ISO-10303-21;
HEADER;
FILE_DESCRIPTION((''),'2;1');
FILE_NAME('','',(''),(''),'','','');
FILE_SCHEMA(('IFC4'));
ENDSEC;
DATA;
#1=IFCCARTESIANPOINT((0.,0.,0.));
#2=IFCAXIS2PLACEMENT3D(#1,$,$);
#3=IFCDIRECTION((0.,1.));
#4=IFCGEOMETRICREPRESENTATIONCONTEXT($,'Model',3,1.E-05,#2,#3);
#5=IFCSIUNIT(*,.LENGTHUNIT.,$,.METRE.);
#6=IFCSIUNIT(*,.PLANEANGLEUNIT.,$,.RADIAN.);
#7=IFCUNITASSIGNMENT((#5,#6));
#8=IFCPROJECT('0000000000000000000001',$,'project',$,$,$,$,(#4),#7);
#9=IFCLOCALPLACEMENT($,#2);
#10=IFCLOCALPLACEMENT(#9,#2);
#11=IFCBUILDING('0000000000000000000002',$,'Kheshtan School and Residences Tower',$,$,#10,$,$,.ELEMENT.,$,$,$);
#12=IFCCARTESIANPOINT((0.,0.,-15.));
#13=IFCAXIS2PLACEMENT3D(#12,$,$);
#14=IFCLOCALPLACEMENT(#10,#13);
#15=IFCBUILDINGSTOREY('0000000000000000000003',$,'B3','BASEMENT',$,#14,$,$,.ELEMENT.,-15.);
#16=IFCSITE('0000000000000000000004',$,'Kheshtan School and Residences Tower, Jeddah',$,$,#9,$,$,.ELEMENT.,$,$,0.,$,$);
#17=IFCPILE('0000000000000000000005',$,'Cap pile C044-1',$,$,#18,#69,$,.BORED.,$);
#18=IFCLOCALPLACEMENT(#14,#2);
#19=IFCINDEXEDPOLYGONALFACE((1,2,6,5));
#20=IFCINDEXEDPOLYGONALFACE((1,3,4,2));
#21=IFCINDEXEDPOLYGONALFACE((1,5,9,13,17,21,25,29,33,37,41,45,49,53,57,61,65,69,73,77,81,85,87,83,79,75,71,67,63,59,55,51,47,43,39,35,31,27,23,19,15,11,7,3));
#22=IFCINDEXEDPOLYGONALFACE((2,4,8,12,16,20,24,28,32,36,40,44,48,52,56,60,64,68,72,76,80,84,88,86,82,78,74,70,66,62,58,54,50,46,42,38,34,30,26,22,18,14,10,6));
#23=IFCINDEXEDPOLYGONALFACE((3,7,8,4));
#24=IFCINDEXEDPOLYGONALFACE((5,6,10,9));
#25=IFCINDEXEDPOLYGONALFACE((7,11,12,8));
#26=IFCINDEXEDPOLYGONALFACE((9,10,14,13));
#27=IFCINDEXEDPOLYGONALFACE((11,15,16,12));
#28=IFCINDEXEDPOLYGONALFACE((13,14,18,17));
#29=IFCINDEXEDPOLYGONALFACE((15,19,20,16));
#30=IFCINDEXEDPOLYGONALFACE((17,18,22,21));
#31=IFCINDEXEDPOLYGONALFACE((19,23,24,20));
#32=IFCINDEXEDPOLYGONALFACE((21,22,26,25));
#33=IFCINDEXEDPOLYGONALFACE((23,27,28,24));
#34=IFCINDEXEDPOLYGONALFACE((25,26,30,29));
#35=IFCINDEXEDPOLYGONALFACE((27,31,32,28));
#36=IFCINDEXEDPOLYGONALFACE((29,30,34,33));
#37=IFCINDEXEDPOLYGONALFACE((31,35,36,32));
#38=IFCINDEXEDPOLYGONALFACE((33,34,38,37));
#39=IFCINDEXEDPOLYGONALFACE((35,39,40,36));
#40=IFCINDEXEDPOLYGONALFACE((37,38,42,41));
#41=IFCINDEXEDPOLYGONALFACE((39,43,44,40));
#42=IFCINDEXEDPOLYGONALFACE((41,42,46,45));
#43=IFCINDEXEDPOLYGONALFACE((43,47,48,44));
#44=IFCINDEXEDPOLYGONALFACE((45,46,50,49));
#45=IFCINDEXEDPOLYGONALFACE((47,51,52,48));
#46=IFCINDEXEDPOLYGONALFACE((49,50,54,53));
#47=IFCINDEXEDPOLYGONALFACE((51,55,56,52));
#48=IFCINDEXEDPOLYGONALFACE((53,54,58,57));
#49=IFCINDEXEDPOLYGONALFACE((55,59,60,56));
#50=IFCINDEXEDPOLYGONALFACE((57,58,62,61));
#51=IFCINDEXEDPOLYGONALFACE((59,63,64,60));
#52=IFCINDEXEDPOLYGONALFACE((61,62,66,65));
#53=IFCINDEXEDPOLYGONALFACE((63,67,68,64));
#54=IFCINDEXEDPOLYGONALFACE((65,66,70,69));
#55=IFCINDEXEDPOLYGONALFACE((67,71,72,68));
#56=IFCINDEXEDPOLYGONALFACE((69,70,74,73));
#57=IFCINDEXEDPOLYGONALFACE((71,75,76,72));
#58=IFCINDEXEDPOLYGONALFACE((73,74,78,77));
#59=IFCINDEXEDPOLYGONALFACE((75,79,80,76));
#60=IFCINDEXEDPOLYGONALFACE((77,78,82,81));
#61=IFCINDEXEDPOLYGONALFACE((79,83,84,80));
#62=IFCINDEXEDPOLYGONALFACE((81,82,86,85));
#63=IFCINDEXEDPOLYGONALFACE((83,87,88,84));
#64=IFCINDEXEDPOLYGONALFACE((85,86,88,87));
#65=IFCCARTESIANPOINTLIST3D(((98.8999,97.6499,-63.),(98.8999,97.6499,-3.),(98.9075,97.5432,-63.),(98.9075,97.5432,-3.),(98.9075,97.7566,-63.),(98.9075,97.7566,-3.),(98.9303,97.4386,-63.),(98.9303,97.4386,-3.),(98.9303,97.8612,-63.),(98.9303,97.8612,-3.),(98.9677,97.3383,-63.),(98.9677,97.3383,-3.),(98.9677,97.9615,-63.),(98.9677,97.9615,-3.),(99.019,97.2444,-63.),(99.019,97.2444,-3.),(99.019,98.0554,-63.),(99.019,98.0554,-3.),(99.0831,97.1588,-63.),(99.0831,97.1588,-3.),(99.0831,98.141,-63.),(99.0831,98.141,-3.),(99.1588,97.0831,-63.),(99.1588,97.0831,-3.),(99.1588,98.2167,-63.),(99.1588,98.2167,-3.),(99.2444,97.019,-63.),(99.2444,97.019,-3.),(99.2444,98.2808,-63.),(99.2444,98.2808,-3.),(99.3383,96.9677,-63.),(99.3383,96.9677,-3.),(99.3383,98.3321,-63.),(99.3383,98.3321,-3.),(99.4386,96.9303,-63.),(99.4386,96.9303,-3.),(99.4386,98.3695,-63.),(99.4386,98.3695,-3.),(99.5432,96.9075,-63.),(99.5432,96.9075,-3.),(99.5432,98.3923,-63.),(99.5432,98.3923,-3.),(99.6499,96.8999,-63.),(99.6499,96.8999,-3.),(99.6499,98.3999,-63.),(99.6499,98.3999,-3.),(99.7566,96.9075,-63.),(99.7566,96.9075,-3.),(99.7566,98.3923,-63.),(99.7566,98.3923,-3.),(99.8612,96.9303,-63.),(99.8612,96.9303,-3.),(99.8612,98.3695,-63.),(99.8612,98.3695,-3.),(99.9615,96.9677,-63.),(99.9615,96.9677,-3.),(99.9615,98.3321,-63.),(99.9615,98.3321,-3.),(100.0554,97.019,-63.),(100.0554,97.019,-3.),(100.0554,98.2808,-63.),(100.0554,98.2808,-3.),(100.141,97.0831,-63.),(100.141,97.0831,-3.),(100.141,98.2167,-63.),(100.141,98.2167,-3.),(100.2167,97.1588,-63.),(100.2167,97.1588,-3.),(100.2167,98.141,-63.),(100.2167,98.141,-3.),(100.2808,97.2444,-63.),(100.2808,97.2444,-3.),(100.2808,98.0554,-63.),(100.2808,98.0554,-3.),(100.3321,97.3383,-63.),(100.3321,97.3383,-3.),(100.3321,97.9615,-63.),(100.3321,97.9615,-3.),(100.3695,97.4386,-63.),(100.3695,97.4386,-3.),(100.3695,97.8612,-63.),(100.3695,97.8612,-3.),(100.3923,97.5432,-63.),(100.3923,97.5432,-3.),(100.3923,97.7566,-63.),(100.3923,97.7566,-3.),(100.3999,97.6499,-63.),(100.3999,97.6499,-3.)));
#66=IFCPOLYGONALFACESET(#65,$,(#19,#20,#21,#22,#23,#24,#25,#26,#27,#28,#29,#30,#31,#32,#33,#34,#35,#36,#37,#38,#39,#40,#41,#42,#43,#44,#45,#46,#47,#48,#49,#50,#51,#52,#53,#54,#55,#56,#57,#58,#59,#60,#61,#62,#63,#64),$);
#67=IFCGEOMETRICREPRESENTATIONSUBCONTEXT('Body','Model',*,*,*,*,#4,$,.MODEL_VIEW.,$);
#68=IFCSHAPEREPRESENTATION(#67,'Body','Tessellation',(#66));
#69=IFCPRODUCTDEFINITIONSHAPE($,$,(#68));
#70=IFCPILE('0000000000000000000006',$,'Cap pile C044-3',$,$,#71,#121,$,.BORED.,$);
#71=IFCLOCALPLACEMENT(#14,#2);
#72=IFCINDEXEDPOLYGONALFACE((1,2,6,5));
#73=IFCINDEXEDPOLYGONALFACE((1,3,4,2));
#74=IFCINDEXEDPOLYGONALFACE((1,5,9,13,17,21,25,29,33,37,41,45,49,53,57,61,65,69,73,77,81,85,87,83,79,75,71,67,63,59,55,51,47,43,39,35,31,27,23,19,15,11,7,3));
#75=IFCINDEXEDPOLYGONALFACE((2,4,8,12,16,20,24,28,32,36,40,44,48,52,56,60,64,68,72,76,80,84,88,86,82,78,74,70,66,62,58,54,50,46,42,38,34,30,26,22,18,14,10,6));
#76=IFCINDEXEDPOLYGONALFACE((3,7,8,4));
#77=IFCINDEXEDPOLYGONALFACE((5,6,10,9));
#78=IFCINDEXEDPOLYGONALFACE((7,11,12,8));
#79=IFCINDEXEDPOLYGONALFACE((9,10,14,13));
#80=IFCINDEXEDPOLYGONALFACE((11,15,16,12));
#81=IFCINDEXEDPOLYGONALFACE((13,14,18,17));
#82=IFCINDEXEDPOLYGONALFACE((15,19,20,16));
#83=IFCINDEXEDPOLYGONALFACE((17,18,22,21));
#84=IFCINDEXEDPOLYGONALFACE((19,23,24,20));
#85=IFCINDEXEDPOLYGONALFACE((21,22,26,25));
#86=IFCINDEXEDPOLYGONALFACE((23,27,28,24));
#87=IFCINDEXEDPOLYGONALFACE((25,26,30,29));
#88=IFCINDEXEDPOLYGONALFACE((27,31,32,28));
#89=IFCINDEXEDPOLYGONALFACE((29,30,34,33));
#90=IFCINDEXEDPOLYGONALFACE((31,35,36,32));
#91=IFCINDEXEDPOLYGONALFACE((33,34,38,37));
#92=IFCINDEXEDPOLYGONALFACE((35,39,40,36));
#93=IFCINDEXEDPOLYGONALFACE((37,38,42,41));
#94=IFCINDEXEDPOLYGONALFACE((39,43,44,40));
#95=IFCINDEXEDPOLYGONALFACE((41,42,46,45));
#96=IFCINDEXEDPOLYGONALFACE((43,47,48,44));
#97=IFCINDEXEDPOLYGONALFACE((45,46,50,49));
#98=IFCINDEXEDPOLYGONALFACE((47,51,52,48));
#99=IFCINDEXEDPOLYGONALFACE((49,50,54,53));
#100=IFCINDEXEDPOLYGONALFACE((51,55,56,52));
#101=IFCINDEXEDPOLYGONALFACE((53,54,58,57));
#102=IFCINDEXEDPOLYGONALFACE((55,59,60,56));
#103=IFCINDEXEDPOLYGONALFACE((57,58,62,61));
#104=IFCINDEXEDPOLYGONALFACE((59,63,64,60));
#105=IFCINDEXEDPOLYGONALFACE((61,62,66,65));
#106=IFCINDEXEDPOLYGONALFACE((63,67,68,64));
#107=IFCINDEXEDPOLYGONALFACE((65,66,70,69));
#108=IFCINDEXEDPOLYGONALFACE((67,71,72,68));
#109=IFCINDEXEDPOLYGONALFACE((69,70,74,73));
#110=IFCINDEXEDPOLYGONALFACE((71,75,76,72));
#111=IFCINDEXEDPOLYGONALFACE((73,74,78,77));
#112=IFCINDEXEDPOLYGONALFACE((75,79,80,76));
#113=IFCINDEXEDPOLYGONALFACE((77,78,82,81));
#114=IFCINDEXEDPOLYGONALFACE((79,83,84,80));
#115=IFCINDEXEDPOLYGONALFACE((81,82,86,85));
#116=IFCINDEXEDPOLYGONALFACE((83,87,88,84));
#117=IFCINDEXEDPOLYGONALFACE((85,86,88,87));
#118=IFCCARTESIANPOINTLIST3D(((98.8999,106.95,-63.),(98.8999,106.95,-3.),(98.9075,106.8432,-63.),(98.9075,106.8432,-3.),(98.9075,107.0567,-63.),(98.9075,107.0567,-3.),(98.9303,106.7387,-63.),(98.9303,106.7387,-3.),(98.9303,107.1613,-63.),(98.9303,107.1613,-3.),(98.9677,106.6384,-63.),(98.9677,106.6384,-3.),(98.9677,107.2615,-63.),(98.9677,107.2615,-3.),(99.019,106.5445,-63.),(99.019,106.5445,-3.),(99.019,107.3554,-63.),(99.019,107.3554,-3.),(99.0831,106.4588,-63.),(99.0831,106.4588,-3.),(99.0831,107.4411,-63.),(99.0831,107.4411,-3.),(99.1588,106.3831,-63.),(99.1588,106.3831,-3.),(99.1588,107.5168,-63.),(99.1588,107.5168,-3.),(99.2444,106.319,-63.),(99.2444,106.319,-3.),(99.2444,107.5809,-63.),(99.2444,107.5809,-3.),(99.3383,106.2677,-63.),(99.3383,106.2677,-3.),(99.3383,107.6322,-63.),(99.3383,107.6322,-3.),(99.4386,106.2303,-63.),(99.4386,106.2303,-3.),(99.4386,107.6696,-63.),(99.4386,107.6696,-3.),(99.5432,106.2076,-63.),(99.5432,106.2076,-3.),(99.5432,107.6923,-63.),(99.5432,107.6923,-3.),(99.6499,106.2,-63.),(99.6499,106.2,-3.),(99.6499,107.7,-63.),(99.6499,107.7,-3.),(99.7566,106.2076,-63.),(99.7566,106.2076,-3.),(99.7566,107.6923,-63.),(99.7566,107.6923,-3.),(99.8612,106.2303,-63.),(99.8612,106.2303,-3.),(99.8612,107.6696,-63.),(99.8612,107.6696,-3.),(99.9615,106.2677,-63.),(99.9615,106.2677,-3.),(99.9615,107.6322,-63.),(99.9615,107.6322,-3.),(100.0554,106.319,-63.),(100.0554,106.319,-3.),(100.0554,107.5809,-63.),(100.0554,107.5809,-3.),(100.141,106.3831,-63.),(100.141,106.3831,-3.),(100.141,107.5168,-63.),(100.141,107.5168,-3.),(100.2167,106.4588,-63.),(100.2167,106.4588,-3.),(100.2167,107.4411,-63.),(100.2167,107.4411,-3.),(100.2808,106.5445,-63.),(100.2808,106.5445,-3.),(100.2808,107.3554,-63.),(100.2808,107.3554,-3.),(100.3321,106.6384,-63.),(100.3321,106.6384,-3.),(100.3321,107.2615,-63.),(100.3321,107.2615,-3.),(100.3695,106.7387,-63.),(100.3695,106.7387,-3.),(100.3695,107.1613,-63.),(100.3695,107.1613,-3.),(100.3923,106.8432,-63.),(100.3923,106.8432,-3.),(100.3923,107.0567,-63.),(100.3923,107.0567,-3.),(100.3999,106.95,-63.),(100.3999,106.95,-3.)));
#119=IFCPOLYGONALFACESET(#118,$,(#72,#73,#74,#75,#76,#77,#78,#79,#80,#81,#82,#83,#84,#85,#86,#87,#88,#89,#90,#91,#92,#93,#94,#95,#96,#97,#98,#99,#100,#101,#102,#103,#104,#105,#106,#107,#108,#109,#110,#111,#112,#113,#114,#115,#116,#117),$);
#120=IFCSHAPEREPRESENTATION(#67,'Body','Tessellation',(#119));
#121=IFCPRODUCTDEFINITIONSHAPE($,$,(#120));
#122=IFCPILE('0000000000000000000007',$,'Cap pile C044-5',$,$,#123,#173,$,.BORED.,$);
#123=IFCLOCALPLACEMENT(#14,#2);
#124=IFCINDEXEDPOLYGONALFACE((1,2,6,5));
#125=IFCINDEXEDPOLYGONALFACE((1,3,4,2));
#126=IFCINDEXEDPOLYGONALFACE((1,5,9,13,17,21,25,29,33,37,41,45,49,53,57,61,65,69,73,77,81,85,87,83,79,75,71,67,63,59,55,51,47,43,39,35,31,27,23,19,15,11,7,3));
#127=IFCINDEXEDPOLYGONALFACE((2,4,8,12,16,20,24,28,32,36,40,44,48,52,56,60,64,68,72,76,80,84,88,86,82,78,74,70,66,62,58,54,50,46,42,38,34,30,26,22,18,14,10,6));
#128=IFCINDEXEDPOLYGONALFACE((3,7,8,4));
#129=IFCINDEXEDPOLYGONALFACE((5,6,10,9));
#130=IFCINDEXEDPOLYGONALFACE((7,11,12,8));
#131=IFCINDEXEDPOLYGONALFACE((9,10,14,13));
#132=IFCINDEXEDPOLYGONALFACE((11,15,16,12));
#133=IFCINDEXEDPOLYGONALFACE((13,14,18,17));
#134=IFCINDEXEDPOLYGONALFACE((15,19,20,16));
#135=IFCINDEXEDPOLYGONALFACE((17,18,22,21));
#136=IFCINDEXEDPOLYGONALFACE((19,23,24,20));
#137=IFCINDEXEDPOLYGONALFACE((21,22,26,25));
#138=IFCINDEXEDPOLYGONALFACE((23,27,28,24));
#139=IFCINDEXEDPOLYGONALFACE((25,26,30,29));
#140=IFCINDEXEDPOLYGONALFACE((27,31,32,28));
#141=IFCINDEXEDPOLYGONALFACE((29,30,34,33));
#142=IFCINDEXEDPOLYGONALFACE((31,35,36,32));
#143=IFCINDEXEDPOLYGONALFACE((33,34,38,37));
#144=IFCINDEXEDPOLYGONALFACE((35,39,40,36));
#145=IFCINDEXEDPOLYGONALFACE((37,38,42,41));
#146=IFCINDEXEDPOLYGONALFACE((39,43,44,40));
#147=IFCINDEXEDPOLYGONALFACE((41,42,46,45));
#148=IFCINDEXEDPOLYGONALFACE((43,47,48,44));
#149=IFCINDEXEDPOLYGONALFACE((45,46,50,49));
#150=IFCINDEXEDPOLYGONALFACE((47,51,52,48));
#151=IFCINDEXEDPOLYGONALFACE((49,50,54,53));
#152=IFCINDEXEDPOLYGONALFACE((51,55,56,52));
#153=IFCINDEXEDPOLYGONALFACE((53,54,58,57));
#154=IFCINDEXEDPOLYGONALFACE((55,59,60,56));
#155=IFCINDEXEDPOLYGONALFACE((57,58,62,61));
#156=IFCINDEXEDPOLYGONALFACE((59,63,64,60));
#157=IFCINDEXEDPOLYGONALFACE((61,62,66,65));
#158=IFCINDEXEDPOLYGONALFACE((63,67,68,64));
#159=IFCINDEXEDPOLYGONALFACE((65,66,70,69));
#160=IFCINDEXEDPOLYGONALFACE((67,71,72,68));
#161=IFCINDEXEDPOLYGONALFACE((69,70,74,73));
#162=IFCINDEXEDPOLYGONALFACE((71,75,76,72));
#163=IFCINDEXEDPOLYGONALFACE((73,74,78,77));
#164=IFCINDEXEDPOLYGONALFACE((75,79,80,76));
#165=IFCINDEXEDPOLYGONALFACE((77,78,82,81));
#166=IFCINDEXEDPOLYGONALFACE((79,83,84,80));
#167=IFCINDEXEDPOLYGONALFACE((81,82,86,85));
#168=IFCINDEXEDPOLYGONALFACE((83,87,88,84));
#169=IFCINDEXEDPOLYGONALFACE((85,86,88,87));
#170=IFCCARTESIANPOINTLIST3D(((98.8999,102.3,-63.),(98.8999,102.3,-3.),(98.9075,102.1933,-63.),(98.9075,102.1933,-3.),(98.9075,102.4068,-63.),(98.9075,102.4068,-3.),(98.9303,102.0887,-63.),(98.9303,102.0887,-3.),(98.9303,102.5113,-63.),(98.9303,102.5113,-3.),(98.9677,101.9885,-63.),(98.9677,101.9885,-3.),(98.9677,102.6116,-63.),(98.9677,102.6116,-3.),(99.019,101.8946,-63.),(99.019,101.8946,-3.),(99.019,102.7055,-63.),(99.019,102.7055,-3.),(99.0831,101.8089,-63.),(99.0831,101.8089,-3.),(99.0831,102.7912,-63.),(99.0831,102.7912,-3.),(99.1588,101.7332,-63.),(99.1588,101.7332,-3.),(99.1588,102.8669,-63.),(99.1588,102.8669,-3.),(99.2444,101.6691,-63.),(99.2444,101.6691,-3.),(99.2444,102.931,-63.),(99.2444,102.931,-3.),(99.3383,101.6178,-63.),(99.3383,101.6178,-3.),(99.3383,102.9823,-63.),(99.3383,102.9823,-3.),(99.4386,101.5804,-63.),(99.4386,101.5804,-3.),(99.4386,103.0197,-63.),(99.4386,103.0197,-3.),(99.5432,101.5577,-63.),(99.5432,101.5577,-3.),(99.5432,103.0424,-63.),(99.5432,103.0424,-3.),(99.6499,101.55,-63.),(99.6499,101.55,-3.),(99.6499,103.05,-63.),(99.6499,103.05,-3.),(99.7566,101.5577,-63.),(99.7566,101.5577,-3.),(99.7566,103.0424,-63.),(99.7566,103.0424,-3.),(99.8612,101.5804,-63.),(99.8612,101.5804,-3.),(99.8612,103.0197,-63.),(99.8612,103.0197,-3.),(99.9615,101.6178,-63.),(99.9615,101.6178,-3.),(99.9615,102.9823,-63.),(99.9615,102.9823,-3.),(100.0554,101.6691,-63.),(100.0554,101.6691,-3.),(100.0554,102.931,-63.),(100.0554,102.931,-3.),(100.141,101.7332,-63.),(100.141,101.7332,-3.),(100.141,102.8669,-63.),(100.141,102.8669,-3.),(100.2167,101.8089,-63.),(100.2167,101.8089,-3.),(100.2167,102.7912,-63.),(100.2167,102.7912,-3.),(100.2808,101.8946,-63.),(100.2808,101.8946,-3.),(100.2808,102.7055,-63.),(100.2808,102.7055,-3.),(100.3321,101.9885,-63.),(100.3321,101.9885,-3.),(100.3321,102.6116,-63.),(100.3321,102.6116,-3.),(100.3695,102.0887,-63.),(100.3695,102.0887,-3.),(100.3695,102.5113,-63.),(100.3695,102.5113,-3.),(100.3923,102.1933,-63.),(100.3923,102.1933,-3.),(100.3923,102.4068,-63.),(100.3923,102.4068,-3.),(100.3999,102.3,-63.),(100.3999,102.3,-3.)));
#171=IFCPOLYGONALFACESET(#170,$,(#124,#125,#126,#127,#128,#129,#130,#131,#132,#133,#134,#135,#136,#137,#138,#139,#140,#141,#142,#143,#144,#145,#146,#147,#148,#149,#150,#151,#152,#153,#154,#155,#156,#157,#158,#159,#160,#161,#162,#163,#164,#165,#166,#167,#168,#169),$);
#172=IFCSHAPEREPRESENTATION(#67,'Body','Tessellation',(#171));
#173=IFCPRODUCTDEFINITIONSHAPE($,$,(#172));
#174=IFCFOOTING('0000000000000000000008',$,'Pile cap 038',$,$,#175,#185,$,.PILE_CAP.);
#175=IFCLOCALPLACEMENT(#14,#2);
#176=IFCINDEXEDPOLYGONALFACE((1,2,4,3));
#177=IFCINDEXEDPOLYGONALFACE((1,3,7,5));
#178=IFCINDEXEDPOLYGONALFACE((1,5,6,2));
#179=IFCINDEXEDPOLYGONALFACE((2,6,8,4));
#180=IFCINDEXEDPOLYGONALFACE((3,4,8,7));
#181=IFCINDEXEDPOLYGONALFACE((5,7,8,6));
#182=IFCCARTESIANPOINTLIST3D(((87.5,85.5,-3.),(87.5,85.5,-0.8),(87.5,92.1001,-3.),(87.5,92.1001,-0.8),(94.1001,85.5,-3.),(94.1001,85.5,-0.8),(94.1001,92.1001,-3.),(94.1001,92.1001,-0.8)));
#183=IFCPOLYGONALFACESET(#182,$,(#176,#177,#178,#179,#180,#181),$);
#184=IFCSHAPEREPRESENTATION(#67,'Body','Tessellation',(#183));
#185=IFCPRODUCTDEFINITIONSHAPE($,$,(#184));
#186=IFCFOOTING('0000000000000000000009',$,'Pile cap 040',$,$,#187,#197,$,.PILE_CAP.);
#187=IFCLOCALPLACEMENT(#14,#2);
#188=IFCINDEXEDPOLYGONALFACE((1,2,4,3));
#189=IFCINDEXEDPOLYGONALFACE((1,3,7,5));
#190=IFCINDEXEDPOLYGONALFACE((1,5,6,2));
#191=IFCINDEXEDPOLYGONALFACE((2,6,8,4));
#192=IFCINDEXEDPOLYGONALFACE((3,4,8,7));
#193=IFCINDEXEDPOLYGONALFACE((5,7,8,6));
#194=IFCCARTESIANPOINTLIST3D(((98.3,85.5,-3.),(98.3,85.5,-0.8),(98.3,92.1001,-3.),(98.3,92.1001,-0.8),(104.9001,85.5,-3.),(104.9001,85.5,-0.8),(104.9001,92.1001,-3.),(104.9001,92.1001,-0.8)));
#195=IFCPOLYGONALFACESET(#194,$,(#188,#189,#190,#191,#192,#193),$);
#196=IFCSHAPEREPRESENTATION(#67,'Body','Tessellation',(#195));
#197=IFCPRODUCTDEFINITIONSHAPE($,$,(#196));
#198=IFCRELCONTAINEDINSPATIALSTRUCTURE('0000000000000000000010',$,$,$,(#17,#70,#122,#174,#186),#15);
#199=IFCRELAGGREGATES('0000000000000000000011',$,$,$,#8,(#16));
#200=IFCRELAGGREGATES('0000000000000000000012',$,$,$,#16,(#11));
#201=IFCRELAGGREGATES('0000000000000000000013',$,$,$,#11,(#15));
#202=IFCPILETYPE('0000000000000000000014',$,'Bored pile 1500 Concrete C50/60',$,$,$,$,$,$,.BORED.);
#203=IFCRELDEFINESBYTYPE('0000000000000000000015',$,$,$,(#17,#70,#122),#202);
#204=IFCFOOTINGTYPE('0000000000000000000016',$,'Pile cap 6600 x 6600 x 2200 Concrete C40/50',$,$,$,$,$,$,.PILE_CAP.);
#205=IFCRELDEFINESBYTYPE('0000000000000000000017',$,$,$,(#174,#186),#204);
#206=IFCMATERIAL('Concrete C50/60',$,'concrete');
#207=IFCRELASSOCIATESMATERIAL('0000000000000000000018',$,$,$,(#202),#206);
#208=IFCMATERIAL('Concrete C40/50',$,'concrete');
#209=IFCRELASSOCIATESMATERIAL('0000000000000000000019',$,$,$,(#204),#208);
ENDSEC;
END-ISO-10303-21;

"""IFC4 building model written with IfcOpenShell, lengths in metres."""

from ifc_helpers import new_model, si_unit, direction, frame, origin, origin_2d, place, context, subcontext, project, spatial, rectangle, circle, extrude, material, material_profile, profile_set, type_object, element, save


model = new_model("IFC4")

# Units and contexts
model_context = context("Model", 3, precision=1e-05, world=origin(), true_north=direction((0.0, 1.0)))
body_context = subcontext(model_context, "Body", "Model", "MODEL_VIEW")
ifc_project = project(units=[si_unit("LENGTHUNIT", "METRE"), si_unit("PLANEANGLEUNIT", "RADIAN")], contexts=[model_context])

# Site, building, storey
site_placement = place(None, origin())
site = spatial("IfcSite", under=ifc_project, at=site_placement, Name="Kheshtan School and Residences Tower, Jeddah", CompositionType="ELEMENT", RefElevation=0.0)
building_placement = place(site_placement, origin())
building = spatial("IfcBuilding", under=site, at=building_placement, Name="Kheshtan School and Residences Tower", CompositionType="ELEMENT")
storey_placement = place(building_placement, frame((0.0, 0.0, -15.0)))
storey = spatial("IfcBuildingStorey", under=building, at=storey_placement, Name="B3", Description="BASEMENT", CompositionType="ELEMENT", Elevation=-15.0)

# Piles
ifc_material_1 = material(Name="Concrete C50/60", Category="concrete")
ifc_material_profile_1 = material_profile(ifc_material_1, circle(Radius=0.75, at=origin_2d()), Name="BP 1500")
ifc_profile_set_1 = profile_set([ifc_material_profile_1], Name="Concrete C50/60")
pile_type = type_object("IfcPileType", Name="Bored pile 1500 Concrete C50/60", PredefinedType="BORED", material=ifc_profile_set_1)
for number, where, z_axis, x_axis, name in (
    (1, (99.6499, 97.6499, -3.0), (0.0, 0.0, -1.0), (1.0, 0.0, 0.0), "Cap pile C044-1"),
    (2, (99.6499, 106.95, -3.0), (0.0, 0.0, -1.0), (1.0, 0.0, 0.0), "Cap pile C044-3"),
    (3, (99.6499, 102.3, -3.0), (0.0, 0.0, -1.0), (1.0, 0.0, 0.0), "Cap pile C044-5"),
):
    element("IfcPile", number, at=place(storey_placement, frame(where, z_axis=z_axis, x_axis=x_axis)), inside=storey, type_object=pile_type, Name=name, PredefinedType="BORED", context=body_context, shape_type="SweptSolid", body=[
        extrude(circle(Radius=0.75, at=origin_2d()), origin(), (0.0, 0.0, 1.0), 60.0),
    ])

# Footings
ifc_material_2 = material(Name="Concrete C40/50", Category="concrete")
footing_type = type_object("IfcFootingType", Name="Pile cap 6600 x 6600 x 2200 Concrete C40/50", PredefinedType="PILE_CAP", material=ifc_material_2)
for number, where, z_axis, x_axis, name in (
    (4, (90.8, 88.8, -3.0), (0.0, 0.0, 1.0), (1.0, 0.0, 0.0), "Pile cap 038"),
    (5, (101.6001, 88.8, -3.0), (0.0, 0.0, 1.0), (1.0, 0.0, 0.0), "Pile cap 040"),
):
    element("IfcFooting", number, at=place(storey_placement, frame(where, z_axis=z_axis, x_axis=x_axis)), inside=storey, type_object=footing_type, Name=name, PredefinedType="PILE_CAP", context=body_context, shape_type="SweptSolid", body=[
        extrude(rectangle(XDim=6.6001, YDim=6.6001, at=origin_2d()), origin(), (0.0, 0.0, 1.0), 2.2),
    ])

save(model, "model.ifc")
